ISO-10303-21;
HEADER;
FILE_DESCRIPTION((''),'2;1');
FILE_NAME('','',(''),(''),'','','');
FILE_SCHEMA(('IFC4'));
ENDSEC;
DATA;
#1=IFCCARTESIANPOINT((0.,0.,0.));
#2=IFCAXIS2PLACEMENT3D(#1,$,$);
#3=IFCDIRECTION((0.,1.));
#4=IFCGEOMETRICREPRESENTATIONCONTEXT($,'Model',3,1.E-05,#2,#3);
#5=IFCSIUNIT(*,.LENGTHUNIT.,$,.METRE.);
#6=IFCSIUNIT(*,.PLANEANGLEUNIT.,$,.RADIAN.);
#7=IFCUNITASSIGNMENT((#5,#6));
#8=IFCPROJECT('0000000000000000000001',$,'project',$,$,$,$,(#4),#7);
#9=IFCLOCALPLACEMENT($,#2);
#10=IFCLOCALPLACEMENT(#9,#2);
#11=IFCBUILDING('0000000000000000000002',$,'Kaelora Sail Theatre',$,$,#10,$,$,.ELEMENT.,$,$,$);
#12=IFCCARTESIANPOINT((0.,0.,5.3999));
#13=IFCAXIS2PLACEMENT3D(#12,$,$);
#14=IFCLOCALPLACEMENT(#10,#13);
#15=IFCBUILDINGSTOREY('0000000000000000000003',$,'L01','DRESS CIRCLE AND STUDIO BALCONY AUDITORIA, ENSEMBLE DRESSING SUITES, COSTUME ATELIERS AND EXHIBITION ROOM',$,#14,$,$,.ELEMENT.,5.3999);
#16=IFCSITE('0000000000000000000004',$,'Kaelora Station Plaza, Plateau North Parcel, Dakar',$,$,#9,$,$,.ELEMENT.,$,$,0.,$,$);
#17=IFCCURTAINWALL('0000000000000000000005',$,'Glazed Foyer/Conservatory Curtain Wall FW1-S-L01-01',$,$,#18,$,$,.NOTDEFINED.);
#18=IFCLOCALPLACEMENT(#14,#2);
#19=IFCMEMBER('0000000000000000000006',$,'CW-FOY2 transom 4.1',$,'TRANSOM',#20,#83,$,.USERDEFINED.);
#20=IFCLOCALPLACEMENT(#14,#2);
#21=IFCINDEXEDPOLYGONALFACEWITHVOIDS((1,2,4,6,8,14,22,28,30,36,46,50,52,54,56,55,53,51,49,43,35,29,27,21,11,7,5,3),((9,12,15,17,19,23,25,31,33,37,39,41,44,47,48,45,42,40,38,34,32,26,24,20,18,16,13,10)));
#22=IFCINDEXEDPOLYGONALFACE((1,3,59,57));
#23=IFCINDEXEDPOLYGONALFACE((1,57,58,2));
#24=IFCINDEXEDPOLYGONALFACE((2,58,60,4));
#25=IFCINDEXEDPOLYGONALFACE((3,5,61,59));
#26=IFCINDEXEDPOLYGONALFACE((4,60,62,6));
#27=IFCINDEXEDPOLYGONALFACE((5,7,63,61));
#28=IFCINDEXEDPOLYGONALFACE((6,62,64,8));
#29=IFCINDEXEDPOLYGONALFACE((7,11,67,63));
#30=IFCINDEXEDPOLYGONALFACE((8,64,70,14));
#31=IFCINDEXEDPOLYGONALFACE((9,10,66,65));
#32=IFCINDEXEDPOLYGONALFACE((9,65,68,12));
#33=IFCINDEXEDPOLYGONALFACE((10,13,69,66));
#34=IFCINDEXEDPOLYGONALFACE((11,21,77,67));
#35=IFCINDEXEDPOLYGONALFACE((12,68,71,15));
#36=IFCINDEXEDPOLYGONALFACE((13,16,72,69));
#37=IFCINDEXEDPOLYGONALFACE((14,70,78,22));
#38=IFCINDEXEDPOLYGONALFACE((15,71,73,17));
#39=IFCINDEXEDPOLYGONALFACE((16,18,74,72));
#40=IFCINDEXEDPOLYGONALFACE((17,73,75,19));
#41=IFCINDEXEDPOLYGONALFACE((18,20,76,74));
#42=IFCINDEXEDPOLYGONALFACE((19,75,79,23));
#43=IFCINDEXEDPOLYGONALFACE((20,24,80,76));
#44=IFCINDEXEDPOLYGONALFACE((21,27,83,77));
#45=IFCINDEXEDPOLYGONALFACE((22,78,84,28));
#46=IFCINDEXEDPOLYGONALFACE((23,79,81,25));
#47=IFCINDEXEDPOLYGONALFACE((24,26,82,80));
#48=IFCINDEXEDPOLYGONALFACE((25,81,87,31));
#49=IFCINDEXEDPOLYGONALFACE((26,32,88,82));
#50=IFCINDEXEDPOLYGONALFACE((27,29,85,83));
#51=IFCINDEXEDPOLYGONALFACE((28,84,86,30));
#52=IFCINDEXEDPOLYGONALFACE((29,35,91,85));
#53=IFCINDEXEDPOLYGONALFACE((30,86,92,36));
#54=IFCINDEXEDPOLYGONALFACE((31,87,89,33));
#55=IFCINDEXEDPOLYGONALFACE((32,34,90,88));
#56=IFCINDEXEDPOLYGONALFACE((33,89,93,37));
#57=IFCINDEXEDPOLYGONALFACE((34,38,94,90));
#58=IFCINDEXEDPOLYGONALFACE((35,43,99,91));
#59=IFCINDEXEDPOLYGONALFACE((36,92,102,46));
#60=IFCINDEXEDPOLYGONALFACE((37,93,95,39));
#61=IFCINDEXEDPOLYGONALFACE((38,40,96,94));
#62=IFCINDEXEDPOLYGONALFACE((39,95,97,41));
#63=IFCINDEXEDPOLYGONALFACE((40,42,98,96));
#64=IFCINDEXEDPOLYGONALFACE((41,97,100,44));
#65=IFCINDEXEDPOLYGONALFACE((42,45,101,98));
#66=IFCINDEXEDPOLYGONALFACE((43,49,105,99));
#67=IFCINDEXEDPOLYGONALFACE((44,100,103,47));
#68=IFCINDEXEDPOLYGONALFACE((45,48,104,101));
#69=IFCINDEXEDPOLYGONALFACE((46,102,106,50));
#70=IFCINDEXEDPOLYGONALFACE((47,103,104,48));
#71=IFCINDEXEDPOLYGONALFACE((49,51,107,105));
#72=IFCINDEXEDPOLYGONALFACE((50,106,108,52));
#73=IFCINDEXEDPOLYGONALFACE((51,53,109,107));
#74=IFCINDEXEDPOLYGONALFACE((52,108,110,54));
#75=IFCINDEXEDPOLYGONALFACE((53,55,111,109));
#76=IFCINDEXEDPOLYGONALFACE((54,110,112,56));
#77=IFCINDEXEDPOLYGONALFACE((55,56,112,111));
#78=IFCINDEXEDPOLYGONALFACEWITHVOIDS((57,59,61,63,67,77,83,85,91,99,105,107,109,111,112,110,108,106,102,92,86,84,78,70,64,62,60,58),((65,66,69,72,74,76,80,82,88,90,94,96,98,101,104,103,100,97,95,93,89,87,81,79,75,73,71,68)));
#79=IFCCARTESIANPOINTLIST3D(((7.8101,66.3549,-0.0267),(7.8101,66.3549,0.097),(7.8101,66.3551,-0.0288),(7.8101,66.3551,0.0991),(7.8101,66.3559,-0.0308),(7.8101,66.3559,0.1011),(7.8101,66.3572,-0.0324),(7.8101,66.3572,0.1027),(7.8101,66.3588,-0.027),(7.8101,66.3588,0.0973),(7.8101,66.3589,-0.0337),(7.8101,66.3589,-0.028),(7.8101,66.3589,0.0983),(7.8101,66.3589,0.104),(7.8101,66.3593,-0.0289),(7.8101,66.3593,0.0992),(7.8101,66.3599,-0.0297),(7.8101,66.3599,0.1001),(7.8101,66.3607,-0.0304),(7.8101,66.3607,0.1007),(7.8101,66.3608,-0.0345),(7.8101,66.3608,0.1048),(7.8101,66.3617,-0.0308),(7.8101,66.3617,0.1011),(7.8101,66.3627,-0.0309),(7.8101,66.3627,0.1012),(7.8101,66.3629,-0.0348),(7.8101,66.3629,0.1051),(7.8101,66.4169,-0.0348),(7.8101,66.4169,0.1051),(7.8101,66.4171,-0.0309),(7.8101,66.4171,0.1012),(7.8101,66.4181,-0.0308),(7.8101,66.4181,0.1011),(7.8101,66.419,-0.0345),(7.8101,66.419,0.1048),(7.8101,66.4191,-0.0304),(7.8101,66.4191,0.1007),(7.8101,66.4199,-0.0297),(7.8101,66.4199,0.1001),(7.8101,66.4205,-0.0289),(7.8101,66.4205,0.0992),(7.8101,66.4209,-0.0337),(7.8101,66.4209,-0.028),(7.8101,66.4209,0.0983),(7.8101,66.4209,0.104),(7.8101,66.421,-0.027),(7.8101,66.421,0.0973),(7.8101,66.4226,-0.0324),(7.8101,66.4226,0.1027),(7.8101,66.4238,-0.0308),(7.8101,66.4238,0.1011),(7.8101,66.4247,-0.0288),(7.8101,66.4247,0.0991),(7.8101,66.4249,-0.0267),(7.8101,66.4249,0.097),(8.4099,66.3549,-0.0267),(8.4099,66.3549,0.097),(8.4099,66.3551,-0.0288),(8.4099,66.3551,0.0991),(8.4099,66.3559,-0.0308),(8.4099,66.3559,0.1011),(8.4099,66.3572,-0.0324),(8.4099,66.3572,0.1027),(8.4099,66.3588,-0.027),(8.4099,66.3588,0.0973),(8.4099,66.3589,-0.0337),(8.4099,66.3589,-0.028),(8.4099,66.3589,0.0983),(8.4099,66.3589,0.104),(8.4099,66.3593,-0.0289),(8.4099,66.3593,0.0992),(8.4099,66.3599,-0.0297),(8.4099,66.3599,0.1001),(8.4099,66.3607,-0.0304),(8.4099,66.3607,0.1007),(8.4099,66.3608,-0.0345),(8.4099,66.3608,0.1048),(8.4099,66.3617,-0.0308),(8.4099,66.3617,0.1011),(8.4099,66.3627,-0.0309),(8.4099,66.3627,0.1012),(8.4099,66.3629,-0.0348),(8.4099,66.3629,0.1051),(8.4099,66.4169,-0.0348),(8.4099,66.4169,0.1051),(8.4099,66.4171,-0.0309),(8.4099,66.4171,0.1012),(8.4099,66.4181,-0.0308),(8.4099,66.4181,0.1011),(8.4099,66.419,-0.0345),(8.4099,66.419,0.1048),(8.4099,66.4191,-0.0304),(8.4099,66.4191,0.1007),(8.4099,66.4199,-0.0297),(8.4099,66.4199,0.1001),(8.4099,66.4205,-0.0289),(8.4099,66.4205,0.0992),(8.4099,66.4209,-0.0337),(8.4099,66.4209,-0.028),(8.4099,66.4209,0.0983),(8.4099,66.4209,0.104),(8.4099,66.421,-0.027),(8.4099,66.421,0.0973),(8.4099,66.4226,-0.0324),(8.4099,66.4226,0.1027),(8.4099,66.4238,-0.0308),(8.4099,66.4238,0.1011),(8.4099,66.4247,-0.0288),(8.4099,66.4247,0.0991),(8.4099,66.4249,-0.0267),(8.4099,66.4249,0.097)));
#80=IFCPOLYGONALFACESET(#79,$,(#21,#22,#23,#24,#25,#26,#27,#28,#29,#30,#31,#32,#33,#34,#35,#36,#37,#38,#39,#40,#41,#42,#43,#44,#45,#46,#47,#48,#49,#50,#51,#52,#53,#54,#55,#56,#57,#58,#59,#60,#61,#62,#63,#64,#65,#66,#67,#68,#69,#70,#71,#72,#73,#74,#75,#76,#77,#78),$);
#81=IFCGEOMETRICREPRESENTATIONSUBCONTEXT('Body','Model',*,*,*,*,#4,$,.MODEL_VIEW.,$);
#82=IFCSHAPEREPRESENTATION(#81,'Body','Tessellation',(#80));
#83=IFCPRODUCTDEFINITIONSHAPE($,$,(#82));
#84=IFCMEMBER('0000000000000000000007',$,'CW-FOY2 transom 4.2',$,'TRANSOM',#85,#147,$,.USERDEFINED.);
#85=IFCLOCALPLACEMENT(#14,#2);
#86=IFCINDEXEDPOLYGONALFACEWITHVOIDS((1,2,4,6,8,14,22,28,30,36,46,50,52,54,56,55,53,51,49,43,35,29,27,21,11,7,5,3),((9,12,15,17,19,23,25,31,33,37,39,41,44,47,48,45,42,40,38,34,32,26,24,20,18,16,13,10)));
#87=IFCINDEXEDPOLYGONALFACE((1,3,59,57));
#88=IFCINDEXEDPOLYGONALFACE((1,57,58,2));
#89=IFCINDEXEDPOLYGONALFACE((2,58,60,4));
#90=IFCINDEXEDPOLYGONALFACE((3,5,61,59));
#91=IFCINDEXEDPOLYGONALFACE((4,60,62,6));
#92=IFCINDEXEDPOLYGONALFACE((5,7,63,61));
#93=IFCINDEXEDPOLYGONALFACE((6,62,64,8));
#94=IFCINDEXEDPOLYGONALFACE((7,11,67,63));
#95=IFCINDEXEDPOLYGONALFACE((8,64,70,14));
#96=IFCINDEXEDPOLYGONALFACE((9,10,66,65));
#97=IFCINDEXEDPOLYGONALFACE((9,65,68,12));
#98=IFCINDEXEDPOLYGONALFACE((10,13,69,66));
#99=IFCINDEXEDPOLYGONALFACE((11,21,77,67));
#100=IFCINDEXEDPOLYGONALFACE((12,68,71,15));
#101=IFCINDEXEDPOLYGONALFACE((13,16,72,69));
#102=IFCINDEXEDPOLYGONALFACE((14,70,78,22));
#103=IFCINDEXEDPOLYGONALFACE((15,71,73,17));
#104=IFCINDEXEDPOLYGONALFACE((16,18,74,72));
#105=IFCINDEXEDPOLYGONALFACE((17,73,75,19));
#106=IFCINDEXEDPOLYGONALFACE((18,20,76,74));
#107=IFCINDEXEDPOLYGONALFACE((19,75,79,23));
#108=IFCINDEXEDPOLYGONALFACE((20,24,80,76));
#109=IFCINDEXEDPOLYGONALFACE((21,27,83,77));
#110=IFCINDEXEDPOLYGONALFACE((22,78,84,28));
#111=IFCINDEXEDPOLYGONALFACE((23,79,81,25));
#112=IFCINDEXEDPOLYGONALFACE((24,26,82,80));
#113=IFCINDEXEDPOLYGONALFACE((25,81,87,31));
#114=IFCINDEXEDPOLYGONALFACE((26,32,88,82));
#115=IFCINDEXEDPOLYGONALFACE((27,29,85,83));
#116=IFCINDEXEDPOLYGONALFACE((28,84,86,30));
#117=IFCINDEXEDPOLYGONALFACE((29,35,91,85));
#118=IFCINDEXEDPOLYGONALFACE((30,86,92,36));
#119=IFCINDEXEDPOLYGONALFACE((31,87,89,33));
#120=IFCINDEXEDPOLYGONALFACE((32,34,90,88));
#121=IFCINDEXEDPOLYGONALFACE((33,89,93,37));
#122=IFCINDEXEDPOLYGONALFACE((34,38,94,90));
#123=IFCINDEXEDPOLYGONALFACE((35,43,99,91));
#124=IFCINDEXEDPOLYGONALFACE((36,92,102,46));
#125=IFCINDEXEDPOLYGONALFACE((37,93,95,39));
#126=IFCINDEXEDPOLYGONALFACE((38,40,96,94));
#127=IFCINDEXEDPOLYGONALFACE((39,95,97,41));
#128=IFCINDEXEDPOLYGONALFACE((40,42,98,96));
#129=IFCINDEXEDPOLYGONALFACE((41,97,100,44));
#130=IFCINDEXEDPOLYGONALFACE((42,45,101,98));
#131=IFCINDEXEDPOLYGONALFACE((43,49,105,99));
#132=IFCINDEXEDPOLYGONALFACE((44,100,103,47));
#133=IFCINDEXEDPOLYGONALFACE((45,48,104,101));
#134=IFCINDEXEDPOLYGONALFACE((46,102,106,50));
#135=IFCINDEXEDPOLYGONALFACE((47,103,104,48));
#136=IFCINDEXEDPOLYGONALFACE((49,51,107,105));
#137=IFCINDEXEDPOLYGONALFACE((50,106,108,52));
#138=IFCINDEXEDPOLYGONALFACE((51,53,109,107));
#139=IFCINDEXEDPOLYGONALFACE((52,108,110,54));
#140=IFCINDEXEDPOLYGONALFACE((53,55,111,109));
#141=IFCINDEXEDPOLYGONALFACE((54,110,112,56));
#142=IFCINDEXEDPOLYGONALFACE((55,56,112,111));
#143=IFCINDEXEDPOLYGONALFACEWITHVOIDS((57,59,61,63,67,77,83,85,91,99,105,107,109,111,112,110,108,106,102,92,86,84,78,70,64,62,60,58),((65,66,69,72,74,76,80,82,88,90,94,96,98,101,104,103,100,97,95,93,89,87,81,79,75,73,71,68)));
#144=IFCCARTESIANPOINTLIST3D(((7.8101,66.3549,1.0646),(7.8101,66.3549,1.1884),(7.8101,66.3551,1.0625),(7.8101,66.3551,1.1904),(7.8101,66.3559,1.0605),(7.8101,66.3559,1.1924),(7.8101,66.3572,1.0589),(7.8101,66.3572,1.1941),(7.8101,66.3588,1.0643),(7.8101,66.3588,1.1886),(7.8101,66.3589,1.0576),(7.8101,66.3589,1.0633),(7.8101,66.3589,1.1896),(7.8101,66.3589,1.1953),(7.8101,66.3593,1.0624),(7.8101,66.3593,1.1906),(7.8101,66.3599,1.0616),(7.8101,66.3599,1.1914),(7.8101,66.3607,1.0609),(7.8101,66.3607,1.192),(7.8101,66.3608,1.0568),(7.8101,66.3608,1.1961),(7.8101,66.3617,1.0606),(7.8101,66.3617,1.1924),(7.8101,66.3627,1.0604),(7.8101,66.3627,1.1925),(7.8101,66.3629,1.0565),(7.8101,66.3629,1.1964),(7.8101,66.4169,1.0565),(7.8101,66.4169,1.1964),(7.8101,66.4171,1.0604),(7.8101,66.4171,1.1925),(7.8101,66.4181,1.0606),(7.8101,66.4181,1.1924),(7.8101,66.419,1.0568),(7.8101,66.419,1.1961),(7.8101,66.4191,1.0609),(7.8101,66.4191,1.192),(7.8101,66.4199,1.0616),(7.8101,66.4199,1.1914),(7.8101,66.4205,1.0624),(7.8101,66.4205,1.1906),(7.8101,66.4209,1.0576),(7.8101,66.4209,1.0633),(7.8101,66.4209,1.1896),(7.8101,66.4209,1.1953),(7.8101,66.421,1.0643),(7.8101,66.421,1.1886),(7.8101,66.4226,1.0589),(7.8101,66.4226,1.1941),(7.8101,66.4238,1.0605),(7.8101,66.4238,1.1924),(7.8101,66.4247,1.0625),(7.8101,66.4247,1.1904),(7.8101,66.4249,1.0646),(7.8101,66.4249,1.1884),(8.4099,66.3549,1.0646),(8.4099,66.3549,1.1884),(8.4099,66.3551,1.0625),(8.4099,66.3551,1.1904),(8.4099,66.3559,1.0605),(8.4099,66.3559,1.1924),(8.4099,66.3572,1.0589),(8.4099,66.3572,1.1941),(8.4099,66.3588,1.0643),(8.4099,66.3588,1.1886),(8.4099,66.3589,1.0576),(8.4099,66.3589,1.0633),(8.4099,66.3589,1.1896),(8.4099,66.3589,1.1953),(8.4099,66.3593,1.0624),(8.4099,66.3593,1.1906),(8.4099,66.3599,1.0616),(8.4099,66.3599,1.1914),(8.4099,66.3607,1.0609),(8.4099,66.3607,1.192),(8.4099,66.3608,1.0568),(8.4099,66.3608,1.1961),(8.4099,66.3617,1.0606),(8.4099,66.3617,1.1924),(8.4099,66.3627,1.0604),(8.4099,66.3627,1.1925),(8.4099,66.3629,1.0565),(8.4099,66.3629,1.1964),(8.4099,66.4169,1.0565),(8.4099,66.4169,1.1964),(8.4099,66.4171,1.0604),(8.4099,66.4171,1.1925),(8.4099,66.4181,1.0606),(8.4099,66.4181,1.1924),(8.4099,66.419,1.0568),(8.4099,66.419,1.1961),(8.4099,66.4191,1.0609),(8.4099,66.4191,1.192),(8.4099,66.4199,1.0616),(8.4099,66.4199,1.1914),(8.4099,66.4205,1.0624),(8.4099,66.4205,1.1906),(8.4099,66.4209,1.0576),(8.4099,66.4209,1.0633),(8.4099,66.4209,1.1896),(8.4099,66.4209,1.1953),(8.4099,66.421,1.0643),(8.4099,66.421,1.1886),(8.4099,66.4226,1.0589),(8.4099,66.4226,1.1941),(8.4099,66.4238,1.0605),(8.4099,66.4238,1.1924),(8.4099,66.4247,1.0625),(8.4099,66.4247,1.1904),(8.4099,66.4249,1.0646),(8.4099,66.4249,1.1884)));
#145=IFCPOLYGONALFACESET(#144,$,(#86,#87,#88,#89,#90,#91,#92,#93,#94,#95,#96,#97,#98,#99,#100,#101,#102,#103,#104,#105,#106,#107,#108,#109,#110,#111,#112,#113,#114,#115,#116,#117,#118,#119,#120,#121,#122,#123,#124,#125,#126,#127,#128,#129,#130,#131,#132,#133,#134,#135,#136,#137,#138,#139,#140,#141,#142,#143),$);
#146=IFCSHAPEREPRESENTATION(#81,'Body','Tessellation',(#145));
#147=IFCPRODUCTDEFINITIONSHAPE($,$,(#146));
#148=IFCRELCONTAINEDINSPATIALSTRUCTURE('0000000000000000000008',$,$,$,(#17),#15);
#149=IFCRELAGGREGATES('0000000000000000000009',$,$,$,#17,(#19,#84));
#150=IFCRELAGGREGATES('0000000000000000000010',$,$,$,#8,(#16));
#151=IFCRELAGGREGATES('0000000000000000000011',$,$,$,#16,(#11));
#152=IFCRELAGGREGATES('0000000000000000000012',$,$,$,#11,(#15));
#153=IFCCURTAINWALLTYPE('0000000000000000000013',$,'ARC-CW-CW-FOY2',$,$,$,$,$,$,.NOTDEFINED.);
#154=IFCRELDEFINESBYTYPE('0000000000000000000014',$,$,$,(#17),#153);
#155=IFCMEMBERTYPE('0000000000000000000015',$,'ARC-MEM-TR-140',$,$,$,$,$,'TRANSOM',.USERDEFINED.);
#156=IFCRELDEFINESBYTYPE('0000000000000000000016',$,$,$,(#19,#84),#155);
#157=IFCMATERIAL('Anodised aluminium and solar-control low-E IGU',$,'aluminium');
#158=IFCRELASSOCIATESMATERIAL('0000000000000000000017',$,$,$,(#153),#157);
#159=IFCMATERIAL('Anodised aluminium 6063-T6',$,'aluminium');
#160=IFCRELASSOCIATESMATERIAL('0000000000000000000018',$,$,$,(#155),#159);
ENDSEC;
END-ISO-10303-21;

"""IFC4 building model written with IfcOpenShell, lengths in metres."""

from ifc_helpers import new_model, si_unit, direction, frame, origin, origin_2d, place, context, subcontext, project, spatial, hollow_rectangle, extrude, material, material_profile, profile_set, type_object, element, aggregate, save


model = new_model("IFC4")

# Units and contexts
model_context = context("Model", 3, precision=1e-05, world=origin(), true_north=direction((0.0, 1.0)))
body_context = subcontext(model_context, "Body", "Model", "MODEL_VIEW")
ifc_project = project(units=[si_unit("LENGTHUNIT", "METRE"), si_unit("PLANEANGLEUNIT", "RADIAN")], contexts=[model_context])

# Site, building, storey
site_placement = place(None, origin())
site = spatial("IfcSite", under=ifc_project, at=site_placement, Name="Kaelora Station Plaza, Plateau North Parcel, Dakar", CompositionType="ELEMENT", RefElevation=0.0)
building_placement = place(site_placement, origin())
building = spatial("IfcBuilding", under=site, at=building_placement, Name="Kaelora Sail Theatre", CompositionType="ELEMENT")
storey_placement = place(building_placement, frame((0.0, 0.0, 5.3999)))
storey = spatial("IfcBuildingStorey", under=building, at=storey_placement, Name="L01", Description="DRESS CIRCLE AND STUDIO BALCONY AUDITORIA, ENSEMBLE DRESSING SUITES, COSTUME ATELIERS AND EXHIBITION ROOM", CompositionType="ELEMENT", Elevation=5.3999)

# Curtain wall, members
ifc_material_1 = material(Name="Anodised aluminium and solar-control low-E IGU", Category="aluminium")
curtain_wall_type = type_object("IfcCurtainWallType", Name="ARC-CW-CW-FOY2", PredefinedType="NOTDEFINED", material=ifc_material_1)
curtain_wall_placement = place(storey_placement, origin())
curtain_wall = element("IfcCurtainWall", 1, at=curtain_wall_placement, inside=storey, type_object=curtain_wall_type, Name="Glazed Foyer/Conservatory Curtain Wall FW1-S-L01-01", PredefinedType="NOTDEFINED")
ifc_material_2 = material(Name="Anodised aluminium 6063-T6", Category="aluminium")
ifc_material_profile_1 = material_profile(ifc_material_2, hollow_rectangle(XDim=0.0701, YDim=0.1399, WallThickness=0.0039, InnerFilletRadius=0.0039, OuterFilletRadius=0.0081, at=origin_2d()), Name="ALU-TRAN 70x140x4")
ifc_profile_set_1 = profile_set([ifc_material_profile_1], Name="Anodised aluminium 6063-T6")
member_type_1 = type_object("IfcMemberType", Name="ARC-MEM-TR-140", ElementType="TRANSOM", PredefinedType="USERDEFINED", material=ifc_profile_set_1)
member_1_placement = place(storey_placement, frame((7.8101, 66.3899, 0.0352), z_axis=(1.0, 0.0, 0.0), x_axis=(0.0, 1.0, 0.0)))
member_1 = element("IfcMember", 2, at=member_1_placement, type_object=member_type_1, Name="CW-FOY2 transom 4.1", ObjectType="TRANSOM", PredefinedType="USERDEFINED", context=body_context, shape_type="SweptSolid", body=[
    extrude(hollow_rectangle(XDim=0.0701, YDim=0.1399, WallThickness=0.0039, InnerFilletRadius=0.0039, OuterFilletRadius=0.0081, at=origin_2d()), origin(), (0.0, 0.0, 1.0), 0.5999),
])
member_2_placement = place(storey_placement, frame((7.8101, 66.3899, 1.1265), z_axis=(1.0, 0.0, 0.0), x_axis=(0.0, 1.0, 0.0)))
member_2 = element("IfcMember", 3, at=member_2_placement, type_object=member_type_1, Name="CW-FOY2 transom 4.2", ObjectType="TRANSOM", PredefinedType="USERDEFINED", context=body_context, shape_type="SweptSolid", body=[
    extrude(hollow_rectangle(XDim=0.0701, YDim=0.1399, WallThickness=0.0039, InnerFilletRadius=0.0039, OuterFilletRadius=0.0081, at=origin_2d()), origin(), (0.0, 0.0, 1.0), 0.5999),
])
aggregate(curtain_wall, [member_1, member_2])

save(model, "model.ifc")
